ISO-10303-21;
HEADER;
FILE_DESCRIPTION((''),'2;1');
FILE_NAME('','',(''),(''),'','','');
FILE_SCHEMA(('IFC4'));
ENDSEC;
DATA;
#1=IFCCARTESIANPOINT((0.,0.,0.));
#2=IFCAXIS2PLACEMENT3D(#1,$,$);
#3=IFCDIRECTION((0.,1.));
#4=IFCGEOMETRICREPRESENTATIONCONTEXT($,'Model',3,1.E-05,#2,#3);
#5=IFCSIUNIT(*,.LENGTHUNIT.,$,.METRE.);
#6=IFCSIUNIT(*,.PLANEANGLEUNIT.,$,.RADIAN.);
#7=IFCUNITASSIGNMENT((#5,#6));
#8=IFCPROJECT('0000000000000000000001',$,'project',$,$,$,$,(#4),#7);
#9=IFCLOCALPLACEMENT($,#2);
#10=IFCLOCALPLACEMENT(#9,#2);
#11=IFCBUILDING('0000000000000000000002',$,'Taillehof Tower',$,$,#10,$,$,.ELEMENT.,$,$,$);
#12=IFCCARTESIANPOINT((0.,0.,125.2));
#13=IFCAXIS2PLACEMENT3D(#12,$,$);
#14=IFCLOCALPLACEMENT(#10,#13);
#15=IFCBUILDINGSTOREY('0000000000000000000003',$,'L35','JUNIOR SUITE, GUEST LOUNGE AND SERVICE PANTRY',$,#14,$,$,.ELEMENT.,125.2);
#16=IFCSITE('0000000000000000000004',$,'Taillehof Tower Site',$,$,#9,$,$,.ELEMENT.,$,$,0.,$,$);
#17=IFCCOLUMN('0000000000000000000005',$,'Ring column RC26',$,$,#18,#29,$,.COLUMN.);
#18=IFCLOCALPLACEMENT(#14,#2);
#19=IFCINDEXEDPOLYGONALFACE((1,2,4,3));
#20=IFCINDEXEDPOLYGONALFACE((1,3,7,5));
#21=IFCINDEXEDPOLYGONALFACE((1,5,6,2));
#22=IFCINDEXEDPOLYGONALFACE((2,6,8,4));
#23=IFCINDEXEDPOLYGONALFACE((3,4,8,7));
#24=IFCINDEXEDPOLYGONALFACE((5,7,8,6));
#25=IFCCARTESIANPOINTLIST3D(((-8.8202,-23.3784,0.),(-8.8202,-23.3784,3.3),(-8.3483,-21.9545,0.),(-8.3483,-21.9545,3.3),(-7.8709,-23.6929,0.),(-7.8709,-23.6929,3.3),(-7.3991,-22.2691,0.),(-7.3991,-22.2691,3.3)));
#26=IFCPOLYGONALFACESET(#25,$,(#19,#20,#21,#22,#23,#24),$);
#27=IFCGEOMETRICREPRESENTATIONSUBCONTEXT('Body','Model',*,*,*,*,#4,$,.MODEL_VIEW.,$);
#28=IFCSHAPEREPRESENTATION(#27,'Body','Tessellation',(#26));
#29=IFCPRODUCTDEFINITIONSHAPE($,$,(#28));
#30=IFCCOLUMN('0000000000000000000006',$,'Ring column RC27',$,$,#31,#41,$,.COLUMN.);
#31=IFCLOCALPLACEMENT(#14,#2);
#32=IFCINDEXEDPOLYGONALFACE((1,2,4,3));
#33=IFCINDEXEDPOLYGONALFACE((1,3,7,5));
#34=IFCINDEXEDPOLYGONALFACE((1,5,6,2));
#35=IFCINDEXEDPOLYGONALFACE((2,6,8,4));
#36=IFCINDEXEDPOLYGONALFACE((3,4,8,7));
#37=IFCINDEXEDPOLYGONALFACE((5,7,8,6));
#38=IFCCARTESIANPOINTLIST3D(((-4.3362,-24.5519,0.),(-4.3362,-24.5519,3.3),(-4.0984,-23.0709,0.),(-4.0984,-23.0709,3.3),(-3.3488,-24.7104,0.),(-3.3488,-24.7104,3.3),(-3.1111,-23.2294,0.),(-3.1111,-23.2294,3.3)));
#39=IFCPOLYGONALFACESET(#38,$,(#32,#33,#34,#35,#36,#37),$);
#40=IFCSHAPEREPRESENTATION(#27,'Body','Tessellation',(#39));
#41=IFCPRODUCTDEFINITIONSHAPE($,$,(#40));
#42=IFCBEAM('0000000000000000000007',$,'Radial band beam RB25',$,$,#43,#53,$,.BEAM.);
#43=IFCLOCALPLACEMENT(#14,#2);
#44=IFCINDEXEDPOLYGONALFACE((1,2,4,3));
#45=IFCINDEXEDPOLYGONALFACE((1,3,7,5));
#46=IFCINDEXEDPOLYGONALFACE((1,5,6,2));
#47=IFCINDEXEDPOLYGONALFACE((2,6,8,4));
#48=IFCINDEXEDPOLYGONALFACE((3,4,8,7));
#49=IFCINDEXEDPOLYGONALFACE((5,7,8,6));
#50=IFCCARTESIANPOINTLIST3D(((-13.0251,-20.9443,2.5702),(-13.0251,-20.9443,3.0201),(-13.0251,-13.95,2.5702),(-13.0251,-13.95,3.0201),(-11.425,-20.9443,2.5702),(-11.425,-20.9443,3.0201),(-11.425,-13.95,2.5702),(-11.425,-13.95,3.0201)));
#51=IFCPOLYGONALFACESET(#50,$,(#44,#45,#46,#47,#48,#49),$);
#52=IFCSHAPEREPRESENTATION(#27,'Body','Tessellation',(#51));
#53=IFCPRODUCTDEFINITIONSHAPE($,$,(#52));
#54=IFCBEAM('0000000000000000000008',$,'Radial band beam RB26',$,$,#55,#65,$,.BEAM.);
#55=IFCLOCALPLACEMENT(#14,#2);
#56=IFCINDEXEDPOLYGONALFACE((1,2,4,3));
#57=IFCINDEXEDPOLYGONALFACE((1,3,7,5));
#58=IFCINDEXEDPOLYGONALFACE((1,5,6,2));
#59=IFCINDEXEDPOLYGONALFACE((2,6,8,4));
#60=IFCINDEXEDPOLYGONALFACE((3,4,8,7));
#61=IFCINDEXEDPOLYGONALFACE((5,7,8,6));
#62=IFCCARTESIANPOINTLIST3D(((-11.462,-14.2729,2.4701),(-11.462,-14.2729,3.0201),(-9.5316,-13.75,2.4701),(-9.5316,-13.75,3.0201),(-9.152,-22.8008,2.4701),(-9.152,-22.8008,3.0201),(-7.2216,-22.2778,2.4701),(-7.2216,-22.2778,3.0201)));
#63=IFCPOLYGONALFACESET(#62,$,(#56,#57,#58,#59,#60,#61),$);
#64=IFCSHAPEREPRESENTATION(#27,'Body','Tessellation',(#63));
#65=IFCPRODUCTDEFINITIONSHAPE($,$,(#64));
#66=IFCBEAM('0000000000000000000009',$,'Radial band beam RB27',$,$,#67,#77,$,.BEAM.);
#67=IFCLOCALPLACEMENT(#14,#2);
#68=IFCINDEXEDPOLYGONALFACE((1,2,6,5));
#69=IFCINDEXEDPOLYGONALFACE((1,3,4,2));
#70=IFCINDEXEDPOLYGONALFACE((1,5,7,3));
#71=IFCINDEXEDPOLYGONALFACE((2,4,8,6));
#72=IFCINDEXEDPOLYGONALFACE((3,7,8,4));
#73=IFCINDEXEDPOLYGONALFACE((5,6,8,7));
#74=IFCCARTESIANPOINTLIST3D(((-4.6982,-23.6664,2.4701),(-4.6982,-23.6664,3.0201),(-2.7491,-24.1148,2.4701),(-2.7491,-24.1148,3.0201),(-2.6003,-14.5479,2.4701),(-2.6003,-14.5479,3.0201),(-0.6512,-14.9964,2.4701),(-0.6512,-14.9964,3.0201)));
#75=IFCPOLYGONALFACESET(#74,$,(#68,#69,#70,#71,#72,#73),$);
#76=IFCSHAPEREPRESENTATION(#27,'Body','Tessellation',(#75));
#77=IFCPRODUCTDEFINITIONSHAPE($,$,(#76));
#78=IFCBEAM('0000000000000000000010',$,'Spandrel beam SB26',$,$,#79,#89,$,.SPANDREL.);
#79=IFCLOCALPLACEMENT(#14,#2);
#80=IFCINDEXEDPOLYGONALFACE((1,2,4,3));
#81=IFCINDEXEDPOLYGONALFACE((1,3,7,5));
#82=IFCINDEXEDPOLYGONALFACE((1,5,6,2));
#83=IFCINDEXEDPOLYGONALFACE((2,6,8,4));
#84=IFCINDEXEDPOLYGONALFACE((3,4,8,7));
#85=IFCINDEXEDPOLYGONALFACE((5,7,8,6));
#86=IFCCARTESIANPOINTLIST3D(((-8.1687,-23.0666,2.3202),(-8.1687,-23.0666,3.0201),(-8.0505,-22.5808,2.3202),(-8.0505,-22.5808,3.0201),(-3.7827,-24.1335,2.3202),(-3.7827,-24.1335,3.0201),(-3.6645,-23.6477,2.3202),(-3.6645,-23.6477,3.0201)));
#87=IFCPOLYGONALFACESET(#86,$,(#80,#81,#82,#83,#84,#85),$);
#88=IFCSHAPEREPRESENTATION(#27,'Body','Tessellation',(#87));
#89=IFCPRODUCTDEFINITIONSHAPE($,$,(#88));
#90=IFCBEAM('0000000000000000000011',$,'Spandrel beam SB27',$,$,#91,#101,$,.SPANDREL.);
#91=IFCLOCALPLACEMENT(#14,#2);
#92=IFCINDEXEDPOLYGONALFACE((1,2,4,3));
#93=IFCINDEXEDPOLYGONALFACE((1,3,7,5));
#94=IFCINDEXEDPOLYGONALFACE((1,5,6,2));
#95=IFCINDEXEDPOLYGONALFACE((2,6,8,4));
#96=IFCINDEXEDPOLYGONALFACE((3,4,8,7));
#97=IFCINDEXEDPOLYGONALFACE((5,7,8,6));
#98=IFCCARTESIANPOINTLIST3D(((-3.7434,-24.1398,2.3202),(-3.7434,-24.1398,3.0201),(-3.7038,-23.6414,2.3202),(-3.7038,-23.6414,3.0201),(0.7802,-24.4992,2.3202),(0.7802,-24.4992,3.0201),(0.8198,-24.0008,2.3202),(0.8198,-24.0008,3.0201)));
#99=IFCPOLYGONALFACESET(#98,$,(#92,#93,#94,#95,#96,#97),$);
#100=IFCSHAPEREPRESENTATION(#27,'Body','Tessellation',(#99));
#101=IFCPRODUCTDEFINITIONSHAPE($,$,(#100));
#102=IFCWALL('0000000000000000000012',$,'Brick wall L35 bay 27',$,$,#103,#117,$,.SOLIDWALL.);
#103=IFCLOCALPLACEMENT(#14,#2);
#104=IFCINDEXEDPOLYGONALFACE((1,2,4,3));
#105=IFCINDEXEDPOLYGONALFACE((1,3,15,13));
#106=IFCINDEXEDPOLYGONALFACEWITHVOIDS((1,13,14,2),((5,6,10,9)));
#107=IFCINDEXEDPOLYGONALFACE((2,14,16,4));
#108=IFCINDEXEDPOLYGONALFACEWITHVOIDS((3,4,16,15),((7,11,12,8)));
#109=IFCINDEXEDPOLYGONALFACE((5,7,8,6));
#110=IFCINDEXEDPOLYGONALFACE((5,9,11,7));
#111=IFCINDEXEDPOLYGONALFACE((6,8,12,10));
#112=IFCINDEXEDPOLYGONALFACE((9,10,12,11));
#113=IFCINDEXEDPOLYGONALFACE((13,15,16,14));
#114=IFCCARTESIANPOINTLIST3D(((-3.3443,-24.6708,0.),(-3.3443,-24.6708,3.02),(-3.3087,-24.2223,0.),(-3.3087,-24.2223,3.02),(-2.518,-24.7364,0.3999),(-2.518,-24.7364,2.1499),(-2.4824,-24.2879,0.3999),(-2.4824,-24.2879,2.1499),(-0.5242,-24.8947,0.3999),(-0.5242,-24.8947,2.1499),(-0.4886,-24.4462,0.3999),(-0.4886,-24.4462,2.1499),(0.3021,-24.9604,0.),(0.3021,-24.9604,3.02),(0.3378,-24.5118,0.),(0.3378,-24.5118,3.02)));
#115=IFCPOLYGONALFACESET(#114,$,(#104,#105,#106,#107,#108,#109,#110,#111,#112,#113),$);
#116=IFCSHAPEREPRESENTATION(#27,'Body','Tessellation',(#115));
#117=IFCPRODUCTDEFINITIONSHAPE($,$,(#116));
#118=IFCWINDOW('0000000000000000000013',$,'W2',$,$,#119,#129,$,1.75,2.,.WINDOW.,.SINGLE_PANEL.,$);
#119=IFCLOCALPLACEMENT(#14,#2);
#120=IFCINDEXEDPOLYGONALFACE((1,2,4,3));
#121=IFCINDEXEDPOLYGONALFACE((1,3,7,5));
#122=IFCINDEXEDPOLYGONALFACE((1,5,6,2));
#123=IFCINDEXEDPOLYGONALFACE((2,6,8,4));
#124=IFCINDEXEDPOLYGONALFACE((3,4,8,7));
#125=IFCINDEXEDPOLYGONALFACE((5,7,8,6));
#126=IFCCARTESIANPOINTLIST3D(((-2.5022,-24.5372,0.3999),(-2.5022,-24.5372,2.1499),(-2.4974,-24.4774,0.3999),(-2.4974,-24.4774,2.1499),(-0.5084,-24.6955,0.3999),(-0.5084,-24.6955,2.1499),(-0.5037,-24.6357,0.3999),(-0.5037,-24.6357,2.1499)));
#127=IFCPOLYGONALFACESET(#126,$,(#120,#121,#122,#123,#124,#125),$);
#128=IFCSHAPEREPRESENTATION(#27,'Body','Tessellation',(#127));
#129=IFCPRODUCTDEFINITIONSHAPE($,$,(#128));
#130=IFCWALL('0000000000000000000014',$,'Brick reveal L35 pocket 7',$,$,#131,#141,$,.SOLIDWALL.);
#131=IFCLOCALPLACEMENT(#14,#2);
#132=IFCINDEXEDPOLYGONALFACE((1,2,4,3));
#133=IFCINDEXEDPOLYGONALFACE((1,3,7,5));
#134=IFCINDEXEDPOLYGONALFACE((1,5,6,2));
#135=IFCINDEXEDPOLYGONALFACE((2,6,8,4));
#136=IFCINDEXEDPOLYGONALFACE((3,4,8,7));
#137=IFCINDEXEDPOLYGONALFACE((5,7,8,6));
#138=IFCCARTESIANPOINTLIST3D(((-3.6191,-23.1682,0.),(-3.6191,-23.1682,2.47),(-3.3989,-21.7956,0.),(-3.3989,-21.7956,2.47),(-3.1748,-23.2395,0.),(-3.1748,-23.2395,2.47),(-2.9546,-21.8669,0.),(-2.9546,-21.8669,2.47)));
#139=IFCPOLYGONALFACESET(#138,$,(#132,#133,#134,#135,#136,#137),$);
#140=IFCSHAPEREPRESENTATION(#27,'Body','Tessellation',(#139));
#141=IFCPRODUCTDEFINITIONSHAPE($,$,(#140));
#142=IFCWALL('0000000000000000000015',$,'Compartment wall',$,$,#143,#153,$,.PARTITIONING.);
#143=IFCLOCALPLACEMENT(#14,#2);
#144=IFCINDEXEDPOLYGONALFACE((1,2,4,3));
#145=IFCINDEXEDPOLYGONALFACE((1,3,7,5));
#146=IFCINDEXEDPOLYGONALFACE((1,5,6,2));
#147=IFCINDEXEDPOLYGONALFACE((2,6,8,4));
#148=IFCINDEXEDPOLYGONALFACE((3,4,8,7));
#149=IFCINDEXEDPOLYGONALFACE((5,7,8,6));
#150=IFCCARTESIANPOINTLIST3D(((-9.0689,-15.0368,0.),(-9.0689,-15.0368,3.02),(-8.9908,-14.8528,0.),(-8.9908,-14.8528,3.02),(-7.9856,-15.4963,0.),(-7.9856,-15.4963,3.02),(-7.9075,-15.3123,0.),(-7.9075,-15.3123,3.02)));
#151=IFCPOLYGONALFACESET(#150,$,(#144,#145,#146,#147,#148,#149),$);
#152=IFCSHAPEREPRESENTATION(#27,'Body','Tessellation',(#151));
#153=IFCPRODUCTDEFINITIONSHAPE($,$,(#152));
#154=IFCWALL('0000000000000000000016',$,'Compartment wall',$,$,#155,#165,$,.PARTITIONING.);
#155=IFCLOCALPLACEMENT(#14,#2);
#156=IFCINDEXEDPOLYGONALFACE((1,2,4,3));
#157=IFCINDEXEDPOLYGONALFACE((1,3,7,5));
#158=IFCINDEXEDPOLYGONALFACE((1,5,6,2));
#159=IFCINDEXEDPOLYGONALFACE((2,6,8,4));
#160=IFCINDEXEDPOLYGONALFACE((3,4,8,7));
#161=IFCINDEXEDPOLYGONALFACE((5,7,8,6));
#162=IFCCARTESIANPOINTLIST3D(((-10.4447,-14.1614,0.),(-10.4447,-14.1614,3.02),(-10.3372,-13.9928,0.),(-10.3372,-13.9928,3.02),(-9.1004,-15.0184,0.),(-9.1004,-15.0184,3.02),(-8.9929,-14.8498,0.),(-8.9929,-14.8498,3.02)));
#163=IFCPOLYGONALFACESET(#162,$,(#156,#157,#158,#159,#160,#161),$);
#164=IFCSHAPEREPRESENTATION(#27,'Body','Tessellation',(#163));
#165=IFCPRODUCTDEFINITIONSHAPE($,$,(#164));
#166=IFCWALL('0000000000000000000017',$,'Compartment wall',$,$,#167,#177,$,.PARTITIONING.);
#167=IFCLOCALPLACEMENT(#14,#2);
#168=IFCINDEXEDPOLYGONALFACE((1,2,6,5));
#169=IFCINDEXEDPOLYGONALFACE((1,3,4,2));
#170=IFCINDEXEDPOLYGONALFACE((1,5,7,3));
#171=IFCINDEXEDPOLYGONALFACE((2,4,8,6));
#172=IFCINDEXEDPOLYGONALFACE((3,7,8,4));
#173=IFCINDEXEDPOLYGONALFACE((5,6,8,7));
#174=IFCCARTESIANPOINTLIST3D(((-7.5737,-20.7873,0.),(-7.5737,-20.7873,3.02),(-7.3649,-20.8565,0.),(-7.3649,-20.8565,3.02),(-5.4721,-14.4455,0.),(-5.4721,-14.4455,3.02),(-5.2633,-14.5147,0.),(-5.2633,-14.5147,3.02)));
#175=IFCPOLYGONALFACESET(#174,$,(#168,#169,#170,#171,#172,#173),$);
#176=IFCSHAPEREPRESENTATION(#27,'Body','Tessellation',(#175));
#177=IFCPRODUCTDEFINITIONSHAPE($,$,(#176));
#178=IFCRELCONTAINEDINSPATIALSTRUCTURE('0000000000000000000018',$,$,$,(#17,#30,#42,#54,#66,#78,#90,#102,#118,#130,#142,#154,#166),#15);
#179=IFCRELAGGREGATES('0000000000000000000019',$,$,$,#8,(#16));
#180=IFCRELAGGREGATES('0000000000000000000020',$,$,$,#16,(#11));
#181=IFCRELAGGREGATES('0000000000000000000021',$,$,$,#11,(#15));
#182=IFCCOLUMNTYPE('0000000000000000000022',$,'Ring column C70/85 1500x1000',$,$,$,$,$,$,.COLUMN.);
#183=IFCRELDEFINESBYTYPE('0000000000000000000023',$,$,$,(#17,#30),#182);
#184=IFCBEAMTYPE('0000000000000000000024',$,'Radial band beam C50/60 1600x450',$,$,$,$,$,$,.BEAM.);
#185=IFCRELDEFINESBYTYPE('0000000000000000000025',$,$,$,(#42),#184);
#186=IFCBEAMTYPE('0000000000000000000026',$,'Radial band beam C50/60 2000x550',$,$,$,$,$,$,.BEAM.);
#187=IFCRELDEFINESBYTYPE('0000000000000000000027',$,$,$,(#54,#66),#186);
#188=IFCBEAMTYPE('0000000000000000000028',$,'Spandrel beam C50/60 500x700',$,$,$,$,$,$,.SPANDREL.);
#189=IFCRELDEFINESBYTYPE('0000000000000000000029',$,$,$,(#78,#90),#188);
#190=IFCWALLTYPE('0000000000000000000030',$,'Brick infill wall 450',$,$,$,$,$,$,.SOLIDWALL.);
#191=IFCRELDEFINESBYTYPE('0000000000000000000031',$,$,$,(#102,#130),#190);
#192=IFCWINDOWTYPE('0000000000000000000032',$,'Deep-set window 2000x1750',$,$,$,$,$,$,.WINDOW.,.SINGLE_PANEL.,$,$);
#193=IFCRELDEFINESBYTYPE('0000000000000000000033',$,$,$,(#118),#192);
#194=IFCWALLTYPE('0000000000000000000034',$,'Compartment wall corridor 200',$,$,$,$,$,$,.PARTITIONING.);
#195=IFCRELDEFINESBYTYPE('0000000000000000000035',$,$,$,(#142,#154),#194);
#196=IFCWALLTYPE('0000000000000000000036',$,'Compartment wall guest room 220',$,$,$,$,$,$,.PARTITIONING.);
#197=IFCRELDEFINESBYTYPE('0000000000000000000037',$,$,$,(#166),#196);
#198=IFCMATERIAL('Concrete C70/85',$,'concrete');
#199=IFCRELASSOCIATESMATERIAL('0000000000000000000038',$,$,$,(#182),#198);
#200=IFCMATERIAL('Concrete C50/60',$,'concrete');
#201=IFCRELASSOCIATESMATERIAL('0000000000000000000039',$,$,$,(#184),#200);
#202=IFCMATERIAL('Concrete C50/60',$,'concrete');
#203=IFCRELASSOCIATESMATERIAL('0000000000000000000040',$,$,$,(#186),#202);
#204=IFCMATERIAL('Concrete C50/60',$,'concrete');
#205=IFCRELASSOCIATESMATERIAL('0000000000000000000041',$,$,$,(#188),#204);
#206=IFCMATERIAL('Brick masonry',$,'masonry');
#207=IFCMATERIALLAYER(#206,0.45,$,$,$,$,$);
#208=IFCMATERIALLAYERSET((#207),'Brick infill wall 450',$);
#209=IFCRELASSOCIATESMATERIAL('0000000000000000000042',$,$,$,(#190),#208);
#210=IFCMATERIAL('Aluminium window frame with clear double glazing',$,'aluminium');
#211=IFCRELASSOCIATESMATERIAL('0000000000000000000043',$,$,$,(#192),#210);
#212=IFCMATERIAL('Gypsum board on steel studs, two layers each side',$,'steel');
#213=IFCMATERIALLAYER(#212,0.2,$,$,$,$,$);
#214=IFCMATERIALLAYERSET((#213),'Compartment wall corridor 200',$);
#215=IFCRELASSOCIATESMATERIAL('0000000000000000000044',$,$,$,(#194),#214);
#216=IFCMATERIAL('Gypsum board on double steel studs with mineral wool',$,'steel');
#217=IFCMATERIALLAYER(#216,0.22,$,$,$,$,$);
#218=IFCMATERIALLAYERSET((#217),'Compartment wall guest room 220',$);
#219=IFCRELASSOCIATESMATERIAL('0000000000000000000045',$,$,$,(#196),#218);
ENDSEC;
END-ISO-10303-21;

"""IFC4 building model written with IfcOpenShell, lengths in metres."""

from ifc_helpers import new_model, si_unit, direction, frame, frame_2d, origin, origin_2d, place, context, subcontext, project, spatial, rectangle, extrude, material, layer, layer_set, material_profile, profile_set, type_object, element, fill, save


model = new_model("IFC4")

# Units and contexts
model_context = context("Model", 3, precision=1e-05, world=origin(), true_north=direction((0.0, 1.0)))
body_context = subcontext(model_context, "Body", "Model", "MODEL_VIEW")
ifc_project = project(units=[si_unit("LENGTHUNIT", "METRE"), si_unit("PLANEANGLEUNIT", "RADIAN")], contexts=[model_context])

# Site, building, storey
site_placement = place(None, origin())
site = spatial("IfcSite", under=ifc_project, at=site_placement, Name="Taillehof Tower Site", CompositionType="ELEMENT", RefElevation=0.0)
building_placement = place(site_placement, origin())
building = spatial("IfcBuilding", under=site, at=building_placement, Name="Taillehof Tower", CompositionType="ELEMENT")
storey_placement = place(building_placement, frame((0.0, 0.0, 125.2)))
storey = spatial("IfcBuildingStorey", under=building, at=storey_placement, Name="L35", Description="JUNIOR SUITE, GUEST LOUNGE AND SERVICE PANTRY", CompositionType="ELEMENT", Elevation=125.2)

# Columns
ifc_material_1 = material(Name="Concrete C70/85", Category="concrete")
ifc_material_profile_1 = material_profile(ifc_material_1, rectangle(XDim=1.5, YDim=1.0, at=origin_2d()), Name="RC 1500x1000")
ifc_profile_set_1 = profile_set([ifc_material_profile_1], Name="Concrete C70/85")
column_type = type_object("IfcColumnType", Name="Ring column C70/85 1500x1000", PredefinedType="COLUMN", material=ifc_profile_set_1)
for number, where, z_axis, x_axis, name in (
    (1, (-8.1096, -22.8237, 0.0), (0.0, 0.0, 1.0), (-0.314555, -0.949239, 0.0), "Ring column RC26"),
    (2, (-3.7236, -23.8906, 0.0), (0.0, 0.0, 1.0), (-0.158507, -0.987358, 0.0), "Ring column RC27"),
):
    element("IfcColumn", number, at=place(storey_placement, frame(where, z_axis=z_axis, x_axis=x_axis)), inside=storey, type_object=column_type, Name=name, PredefinedType="COLUMN", context=body_context, shape_type="SweptSolid", body=[
        extrude(rectangle(XDim=1.5, YDim=1.0, at=origin_2d()), origin(), (0.0, 0.0, 1.0), 3.3),
    ])

# Beams
ifc_material_2 = material(Name="Concrete C50/60", Category="concrete")
ifc_material_profile_2 = material_profile(ifc_material_2, rectangle(XDim=1.6001, YDim=0.45, at=origin_2d()), Name="RC 1600x450")
ifc_profile_set_2 = profile_set([ifc_material_profile_2], Name="Concrete C50/60")
beam_type_1 = type_object("IfcBeamType", Name="Radial band beam C50/60 1600x450", PredefinedType="BEAM", material=ifc_profile_set_2)
beam_1_placement = place(storey_placement, frame((-12.2251, -20.9443, 2.7952), z_axis=(0.0, 1.0, 0.0), x_axis=(-1.0, 0.0, 0.0)))
element("IfcBeam", 3, at=beam_1_placement, inside=storey, type_object=beam_type_1, Name="Radial band beam RB25", PredefinedType="BEAM", context=body_context, shape_type="SweptSolid", body=[
    extrude(rectangle(XDim=1.6001, YDim=0.45, at=origin_2d()), origin(), (0.0, 0.0, 1.0), 6.9944),
])
ifc_material_3 = material(Name="Concrete C50/60", Category="concrete")
ifc_material_profile_3 = material_profile(ifc_material_3, rectangle(XDim=2.0, YDim=0.55, at=origin_2d()), Name="RC 2000x550")
ifc_profile_set_3 = profile_set([ifc_material_profile_3], Name="Concrete C50/60")
beam_type_2 = type_object("IfcBeamType", Name="Radial band beam C50/60 2000x550", PredefinedType="BEAM", material=ifc_profile_set_3)
beam_2_placement = place(storey_placement, frame((-8.1868, -22.5393, 2.7451), z_axis=(-0.261462, 0.965214, 0.0), x_axis=(-0.965214, -0.261462, 0.0)))
element("IfcBeam", 4, at=beam_2_placement, inside=storey, type_object=beam_type_2, Name="Radial band beam RB26", PredefinedType="BEAM", context=body_context, shape_type="SweptSolid", body=[
    extrude(rectangle(XDim=2.0, YDim=0.55, at=origin_2d()), origin(), (0.0, 0.0, 1.0), 8.8352),
])
beam_3_placement = place(storey_placement, frame((-3.7236, -23.8906, 2.7451), z_axis=(0.224215, 0.97454, 0.0), x_axis=(-0.97454, 0.224215, 0.0)))
element("IfcBeam", 5, at=beam_3_placement, inside=storey, type_object=beam_type_2, Name="Radial band beam RB27", PredefinedType="BEAM", context=body_context, shape_type="SweptSolid", body=[
    extrude(rectangle(XDim=2.0, YDim=0.55, at=origin_2d()), origin(), (0.0, 0.0, 1.0), 9.3567),
])
ifc_material_4 = material(Name="Concrete C50/60", Category="concrete")
ifc_material_profile_4 = material_profile(ifc_material_4, rectangle(XDim=0.5, YDim=0.7, at=origin_2d()), Name="RC 500x700")
ifc_profile_set_4 = profile_set([ifc_material_profile_4], Name="Concrete C50/60")
beam_type_3 = type_object("IfcBeamType", Name="Spandrel beam C50/60 500x700", PredefinedType="SPANDREL", material=ifc_profile_set_4)
beam_4_placement = place(storey_placement, frame((-8.1096, -22.8237, 2.6702), z_axis=(0.971666, -0.236358, 0.0), x_axis=(0.236358, 0.971666, 0.0)))
element("IfcBeam", 6, at=beam_4_placement, inside=storey, type_object=beam_type_3, Name="Spandrel beam SB26", PredefinedType="SPANDREL", context=body_context, shape_type="SweptSolid", body=[
    extrude(rectangle(XDim=0.5, YDim=0.7, at=origin_2d()), origin(), (0.0, 0.0, 1.0), 4.5139),
])
beam_5_placement = place(storey_placement, frame((-3.7236, -23.8906, 2.6702), z_axis=(0.996859, -0.079194, 0.0), x_axis=(0.079194, 0.996859, 0.0)))
element("IfcBeam", 7, at=beam_5_placement, inside=storey, type_object=beam_type_3, Name="Spandrel beam SB27", PredefinedType="SPANDREL", context=body_context, shape_type="SweptSolid", body=[
    extrude(rectangle(XDim=0.5, YDim=0.7, at=origin_2d()), origin(), (0.0, 0.0, 1.0), 4.5378),
])

# Wall, opening, window
ifc_material_5 = material(Name="Brick masonry", Category="masonry")
ifc_layer_1 = layer(ifc_material_5, 0.45)
ifc_layer_set_1 = layer_set([ifc_layer_1], Name="Brick infill wall 450")
wall_type_1 = type_object("IfcWallType", Name="Brick infill wall 450", PredefinedType="SOLIDWALL", material=ifc_layer_set_1)
wall_1_placement = place(storey_placement, frame((-3.3267, -24.4465, 0.0), z_axis=(0.0, 0.0, 1.0), x_axis=(0.996862, -0.079156, 0.0)))
wall_1 = element("IfcWall", 8, at=wall_1_placement, inside=storey, type_object=wall_type_1, Name="Brick wall L35 bay 27", PredefinedType="SOLIDWALL", context=body_context, shape_type="SweptSolid", body=[
    extrude(rectangle(XDim=3.658, YDim=0.45, at=frame_2d((1.8291, 0.0))), origin(), (0.0, 0.0, 1.0), 3.02),
])
opening_1_placement = place(wall_1_placement, frame((0.8291, 0.0, 0.3999)))
opening_1 = element("IfcOpeningElement", 9, at=opening_1_placement, cuts=wall_1, PredefinedType="OPENING", context=body_context, shape_type="SweptSolid", body=[
    extrude(rectangle(XDim=2.0, YDim=1.75, at=frame_2d((1.0, 0.875))), frame((0.0, 0.2349, 0.0), z_axis=(0.0, -1.0, 0.0), x_axis=(1.0, 0.0, 0.0)), (0.0, 0.0, 1.0), 0.47),
])
ifc_material_6 = material(Name="Aluminium window frame with clear double glazing", Category="aluminium")
window_type_1 = type_object("IfcWindowType", Name="Deep-set window 2000x1750", PartitioningType="SINGLE_PANEL", PredefinedType="WINDOW", material=ifc_material_6)
window_1_placement = place(opening_1_placement, origin())
window_1 = element("IfcWindow", 10, at=window_1_placement, inside=storey, type_object=window_type_1, Name="W2", OverallHeight=1.75, OverallWidth=2.0, PartitioningType="SINGLE_PANEL", PredefinedType="WINDOW", context=body_context, shape_type="SweptSolid", body=[
    extrude(rectangle(XDim=2.0, YDim=1.75, at=frame_2d((1.0, 0.875))), frame((0.0, 0.0349, 0.0), z_axis=(0.0, -1.0, 0.0), x_axis=(1.0, 0.0, 0.0)), (0.0, 0.0, 1.0), 0.0601),
])
fill(opening_1, window_1)

# Wall
wall_2_placement = place(storey_placement, frame((-3.397, -23.2039, 0.0), z_axis=(0.0, 0.0, 1.0), x_axis=(0.158415, 0.987373, 0.0)))
element("IfcWall", 11, at=wall_2_placement, inside=storey, type_object=wall_type_1, Name="Brick reveal L35 pocket 7", PredefinedType="SOLIDWALL", context=body_context, shape_type="SweptSolid", body=[
    extrude(rectangle(XDim=1.3901, YDim=0.45, at=frame_2d((0.6951, 0.0))), origin(), (0.0, 0.0, 1.0), 2.47),
])

# Walls
ifc_material_7 = material(Name="Gypsum board on steel studs, two layers each side", Category="steel")
ifc_layer_2 = layer(ifc_material_7, 0.2)
ifc_layer_set_2 = layer_set([ifc_layer_2], Name="Compartment wall corridor 200")
wall_type_2 = type_object("IfcWallType", Name="Compartment wall corridor 200", PredefinedType="PARTITIONING", material=ifc_layer_set_2)
wall_3_placement = place(storey_placement, frame((-7.9465, -15.4043, 0.0), z_axis=(0.0, 0.0, 1.0), x_axis=(-0.920609, 0.390486, 0.0)))
element("IfcWall", 12, at=wall_3_placement, inside=storey, type_object=wall_type_2, Name="Compartment wall", PredefinedType="PARTITIONING", context=body_context, shape_type="SweptSolid", body=[
    extrude(rectangle(XDim=1.1768, YDim=0.2, at=frame_2d((0.5884, 0.0))), origin(), (0.0, 0.0, 1.0), 3.02),
])
wall_4_placement = place(storey_placement, frame((-9.0466, -14.9341, 0.0), z_axis=(0.0, 0.0, 1.0), x_axis=(-0.843232, 0.537549, 0.0)))
element("IfcWall", 13, at=wall_4_placement, inside=storey, type_object=wall_type_2, Name="Compartment wall", PredefinedType="PARTITIONING", context=body_context, shape_type="SweptSolid", body=[
    extrude(rectangle(XDim=1.5942, YDim=0.2, at=frame_2d((0.7971, 0.0))), origin(), (0.0, 0.0, 1.0), 3.02),
])
ifc_material_8 = material(Name="Gypsum board on double steel studs with mineral wool", Category="steel")
ifc_layer_3 = layer(ifc_material_8, 0.22)
ifc_layer_set_3 = layer_set([ifc_layer_3], Name="Compartment wall guest room 220")
wall_type_3 = type_object("IfcWallType", Name="Compartment wall guest room 220", PredefinedType="PARTITIONING", material=ifc_layer_set_3)
wall_5_placement = place(storey_placement, frame((-7.4692, -20.8218, 0.0), z_axis=(0.0, 0.0, 1.0), x_axis=(0.314561, 0.949237, 0.0)))
element("IfcWall", 14, at=wall_5_placement, inside=storey, type_object=wall_type_3, Name="Compartment wall", PredefinedType="PARTITIONING", context=body_context, shape_type="SweptSolid", body=[
    extrude(rectangle(XDim=6.6809, YDim=0.22, at=frame_2d((3.3403, 0.0))), origin(), (0.0, 0.0, 1.0), 3.02),
])

save(model, "model.ifc")
